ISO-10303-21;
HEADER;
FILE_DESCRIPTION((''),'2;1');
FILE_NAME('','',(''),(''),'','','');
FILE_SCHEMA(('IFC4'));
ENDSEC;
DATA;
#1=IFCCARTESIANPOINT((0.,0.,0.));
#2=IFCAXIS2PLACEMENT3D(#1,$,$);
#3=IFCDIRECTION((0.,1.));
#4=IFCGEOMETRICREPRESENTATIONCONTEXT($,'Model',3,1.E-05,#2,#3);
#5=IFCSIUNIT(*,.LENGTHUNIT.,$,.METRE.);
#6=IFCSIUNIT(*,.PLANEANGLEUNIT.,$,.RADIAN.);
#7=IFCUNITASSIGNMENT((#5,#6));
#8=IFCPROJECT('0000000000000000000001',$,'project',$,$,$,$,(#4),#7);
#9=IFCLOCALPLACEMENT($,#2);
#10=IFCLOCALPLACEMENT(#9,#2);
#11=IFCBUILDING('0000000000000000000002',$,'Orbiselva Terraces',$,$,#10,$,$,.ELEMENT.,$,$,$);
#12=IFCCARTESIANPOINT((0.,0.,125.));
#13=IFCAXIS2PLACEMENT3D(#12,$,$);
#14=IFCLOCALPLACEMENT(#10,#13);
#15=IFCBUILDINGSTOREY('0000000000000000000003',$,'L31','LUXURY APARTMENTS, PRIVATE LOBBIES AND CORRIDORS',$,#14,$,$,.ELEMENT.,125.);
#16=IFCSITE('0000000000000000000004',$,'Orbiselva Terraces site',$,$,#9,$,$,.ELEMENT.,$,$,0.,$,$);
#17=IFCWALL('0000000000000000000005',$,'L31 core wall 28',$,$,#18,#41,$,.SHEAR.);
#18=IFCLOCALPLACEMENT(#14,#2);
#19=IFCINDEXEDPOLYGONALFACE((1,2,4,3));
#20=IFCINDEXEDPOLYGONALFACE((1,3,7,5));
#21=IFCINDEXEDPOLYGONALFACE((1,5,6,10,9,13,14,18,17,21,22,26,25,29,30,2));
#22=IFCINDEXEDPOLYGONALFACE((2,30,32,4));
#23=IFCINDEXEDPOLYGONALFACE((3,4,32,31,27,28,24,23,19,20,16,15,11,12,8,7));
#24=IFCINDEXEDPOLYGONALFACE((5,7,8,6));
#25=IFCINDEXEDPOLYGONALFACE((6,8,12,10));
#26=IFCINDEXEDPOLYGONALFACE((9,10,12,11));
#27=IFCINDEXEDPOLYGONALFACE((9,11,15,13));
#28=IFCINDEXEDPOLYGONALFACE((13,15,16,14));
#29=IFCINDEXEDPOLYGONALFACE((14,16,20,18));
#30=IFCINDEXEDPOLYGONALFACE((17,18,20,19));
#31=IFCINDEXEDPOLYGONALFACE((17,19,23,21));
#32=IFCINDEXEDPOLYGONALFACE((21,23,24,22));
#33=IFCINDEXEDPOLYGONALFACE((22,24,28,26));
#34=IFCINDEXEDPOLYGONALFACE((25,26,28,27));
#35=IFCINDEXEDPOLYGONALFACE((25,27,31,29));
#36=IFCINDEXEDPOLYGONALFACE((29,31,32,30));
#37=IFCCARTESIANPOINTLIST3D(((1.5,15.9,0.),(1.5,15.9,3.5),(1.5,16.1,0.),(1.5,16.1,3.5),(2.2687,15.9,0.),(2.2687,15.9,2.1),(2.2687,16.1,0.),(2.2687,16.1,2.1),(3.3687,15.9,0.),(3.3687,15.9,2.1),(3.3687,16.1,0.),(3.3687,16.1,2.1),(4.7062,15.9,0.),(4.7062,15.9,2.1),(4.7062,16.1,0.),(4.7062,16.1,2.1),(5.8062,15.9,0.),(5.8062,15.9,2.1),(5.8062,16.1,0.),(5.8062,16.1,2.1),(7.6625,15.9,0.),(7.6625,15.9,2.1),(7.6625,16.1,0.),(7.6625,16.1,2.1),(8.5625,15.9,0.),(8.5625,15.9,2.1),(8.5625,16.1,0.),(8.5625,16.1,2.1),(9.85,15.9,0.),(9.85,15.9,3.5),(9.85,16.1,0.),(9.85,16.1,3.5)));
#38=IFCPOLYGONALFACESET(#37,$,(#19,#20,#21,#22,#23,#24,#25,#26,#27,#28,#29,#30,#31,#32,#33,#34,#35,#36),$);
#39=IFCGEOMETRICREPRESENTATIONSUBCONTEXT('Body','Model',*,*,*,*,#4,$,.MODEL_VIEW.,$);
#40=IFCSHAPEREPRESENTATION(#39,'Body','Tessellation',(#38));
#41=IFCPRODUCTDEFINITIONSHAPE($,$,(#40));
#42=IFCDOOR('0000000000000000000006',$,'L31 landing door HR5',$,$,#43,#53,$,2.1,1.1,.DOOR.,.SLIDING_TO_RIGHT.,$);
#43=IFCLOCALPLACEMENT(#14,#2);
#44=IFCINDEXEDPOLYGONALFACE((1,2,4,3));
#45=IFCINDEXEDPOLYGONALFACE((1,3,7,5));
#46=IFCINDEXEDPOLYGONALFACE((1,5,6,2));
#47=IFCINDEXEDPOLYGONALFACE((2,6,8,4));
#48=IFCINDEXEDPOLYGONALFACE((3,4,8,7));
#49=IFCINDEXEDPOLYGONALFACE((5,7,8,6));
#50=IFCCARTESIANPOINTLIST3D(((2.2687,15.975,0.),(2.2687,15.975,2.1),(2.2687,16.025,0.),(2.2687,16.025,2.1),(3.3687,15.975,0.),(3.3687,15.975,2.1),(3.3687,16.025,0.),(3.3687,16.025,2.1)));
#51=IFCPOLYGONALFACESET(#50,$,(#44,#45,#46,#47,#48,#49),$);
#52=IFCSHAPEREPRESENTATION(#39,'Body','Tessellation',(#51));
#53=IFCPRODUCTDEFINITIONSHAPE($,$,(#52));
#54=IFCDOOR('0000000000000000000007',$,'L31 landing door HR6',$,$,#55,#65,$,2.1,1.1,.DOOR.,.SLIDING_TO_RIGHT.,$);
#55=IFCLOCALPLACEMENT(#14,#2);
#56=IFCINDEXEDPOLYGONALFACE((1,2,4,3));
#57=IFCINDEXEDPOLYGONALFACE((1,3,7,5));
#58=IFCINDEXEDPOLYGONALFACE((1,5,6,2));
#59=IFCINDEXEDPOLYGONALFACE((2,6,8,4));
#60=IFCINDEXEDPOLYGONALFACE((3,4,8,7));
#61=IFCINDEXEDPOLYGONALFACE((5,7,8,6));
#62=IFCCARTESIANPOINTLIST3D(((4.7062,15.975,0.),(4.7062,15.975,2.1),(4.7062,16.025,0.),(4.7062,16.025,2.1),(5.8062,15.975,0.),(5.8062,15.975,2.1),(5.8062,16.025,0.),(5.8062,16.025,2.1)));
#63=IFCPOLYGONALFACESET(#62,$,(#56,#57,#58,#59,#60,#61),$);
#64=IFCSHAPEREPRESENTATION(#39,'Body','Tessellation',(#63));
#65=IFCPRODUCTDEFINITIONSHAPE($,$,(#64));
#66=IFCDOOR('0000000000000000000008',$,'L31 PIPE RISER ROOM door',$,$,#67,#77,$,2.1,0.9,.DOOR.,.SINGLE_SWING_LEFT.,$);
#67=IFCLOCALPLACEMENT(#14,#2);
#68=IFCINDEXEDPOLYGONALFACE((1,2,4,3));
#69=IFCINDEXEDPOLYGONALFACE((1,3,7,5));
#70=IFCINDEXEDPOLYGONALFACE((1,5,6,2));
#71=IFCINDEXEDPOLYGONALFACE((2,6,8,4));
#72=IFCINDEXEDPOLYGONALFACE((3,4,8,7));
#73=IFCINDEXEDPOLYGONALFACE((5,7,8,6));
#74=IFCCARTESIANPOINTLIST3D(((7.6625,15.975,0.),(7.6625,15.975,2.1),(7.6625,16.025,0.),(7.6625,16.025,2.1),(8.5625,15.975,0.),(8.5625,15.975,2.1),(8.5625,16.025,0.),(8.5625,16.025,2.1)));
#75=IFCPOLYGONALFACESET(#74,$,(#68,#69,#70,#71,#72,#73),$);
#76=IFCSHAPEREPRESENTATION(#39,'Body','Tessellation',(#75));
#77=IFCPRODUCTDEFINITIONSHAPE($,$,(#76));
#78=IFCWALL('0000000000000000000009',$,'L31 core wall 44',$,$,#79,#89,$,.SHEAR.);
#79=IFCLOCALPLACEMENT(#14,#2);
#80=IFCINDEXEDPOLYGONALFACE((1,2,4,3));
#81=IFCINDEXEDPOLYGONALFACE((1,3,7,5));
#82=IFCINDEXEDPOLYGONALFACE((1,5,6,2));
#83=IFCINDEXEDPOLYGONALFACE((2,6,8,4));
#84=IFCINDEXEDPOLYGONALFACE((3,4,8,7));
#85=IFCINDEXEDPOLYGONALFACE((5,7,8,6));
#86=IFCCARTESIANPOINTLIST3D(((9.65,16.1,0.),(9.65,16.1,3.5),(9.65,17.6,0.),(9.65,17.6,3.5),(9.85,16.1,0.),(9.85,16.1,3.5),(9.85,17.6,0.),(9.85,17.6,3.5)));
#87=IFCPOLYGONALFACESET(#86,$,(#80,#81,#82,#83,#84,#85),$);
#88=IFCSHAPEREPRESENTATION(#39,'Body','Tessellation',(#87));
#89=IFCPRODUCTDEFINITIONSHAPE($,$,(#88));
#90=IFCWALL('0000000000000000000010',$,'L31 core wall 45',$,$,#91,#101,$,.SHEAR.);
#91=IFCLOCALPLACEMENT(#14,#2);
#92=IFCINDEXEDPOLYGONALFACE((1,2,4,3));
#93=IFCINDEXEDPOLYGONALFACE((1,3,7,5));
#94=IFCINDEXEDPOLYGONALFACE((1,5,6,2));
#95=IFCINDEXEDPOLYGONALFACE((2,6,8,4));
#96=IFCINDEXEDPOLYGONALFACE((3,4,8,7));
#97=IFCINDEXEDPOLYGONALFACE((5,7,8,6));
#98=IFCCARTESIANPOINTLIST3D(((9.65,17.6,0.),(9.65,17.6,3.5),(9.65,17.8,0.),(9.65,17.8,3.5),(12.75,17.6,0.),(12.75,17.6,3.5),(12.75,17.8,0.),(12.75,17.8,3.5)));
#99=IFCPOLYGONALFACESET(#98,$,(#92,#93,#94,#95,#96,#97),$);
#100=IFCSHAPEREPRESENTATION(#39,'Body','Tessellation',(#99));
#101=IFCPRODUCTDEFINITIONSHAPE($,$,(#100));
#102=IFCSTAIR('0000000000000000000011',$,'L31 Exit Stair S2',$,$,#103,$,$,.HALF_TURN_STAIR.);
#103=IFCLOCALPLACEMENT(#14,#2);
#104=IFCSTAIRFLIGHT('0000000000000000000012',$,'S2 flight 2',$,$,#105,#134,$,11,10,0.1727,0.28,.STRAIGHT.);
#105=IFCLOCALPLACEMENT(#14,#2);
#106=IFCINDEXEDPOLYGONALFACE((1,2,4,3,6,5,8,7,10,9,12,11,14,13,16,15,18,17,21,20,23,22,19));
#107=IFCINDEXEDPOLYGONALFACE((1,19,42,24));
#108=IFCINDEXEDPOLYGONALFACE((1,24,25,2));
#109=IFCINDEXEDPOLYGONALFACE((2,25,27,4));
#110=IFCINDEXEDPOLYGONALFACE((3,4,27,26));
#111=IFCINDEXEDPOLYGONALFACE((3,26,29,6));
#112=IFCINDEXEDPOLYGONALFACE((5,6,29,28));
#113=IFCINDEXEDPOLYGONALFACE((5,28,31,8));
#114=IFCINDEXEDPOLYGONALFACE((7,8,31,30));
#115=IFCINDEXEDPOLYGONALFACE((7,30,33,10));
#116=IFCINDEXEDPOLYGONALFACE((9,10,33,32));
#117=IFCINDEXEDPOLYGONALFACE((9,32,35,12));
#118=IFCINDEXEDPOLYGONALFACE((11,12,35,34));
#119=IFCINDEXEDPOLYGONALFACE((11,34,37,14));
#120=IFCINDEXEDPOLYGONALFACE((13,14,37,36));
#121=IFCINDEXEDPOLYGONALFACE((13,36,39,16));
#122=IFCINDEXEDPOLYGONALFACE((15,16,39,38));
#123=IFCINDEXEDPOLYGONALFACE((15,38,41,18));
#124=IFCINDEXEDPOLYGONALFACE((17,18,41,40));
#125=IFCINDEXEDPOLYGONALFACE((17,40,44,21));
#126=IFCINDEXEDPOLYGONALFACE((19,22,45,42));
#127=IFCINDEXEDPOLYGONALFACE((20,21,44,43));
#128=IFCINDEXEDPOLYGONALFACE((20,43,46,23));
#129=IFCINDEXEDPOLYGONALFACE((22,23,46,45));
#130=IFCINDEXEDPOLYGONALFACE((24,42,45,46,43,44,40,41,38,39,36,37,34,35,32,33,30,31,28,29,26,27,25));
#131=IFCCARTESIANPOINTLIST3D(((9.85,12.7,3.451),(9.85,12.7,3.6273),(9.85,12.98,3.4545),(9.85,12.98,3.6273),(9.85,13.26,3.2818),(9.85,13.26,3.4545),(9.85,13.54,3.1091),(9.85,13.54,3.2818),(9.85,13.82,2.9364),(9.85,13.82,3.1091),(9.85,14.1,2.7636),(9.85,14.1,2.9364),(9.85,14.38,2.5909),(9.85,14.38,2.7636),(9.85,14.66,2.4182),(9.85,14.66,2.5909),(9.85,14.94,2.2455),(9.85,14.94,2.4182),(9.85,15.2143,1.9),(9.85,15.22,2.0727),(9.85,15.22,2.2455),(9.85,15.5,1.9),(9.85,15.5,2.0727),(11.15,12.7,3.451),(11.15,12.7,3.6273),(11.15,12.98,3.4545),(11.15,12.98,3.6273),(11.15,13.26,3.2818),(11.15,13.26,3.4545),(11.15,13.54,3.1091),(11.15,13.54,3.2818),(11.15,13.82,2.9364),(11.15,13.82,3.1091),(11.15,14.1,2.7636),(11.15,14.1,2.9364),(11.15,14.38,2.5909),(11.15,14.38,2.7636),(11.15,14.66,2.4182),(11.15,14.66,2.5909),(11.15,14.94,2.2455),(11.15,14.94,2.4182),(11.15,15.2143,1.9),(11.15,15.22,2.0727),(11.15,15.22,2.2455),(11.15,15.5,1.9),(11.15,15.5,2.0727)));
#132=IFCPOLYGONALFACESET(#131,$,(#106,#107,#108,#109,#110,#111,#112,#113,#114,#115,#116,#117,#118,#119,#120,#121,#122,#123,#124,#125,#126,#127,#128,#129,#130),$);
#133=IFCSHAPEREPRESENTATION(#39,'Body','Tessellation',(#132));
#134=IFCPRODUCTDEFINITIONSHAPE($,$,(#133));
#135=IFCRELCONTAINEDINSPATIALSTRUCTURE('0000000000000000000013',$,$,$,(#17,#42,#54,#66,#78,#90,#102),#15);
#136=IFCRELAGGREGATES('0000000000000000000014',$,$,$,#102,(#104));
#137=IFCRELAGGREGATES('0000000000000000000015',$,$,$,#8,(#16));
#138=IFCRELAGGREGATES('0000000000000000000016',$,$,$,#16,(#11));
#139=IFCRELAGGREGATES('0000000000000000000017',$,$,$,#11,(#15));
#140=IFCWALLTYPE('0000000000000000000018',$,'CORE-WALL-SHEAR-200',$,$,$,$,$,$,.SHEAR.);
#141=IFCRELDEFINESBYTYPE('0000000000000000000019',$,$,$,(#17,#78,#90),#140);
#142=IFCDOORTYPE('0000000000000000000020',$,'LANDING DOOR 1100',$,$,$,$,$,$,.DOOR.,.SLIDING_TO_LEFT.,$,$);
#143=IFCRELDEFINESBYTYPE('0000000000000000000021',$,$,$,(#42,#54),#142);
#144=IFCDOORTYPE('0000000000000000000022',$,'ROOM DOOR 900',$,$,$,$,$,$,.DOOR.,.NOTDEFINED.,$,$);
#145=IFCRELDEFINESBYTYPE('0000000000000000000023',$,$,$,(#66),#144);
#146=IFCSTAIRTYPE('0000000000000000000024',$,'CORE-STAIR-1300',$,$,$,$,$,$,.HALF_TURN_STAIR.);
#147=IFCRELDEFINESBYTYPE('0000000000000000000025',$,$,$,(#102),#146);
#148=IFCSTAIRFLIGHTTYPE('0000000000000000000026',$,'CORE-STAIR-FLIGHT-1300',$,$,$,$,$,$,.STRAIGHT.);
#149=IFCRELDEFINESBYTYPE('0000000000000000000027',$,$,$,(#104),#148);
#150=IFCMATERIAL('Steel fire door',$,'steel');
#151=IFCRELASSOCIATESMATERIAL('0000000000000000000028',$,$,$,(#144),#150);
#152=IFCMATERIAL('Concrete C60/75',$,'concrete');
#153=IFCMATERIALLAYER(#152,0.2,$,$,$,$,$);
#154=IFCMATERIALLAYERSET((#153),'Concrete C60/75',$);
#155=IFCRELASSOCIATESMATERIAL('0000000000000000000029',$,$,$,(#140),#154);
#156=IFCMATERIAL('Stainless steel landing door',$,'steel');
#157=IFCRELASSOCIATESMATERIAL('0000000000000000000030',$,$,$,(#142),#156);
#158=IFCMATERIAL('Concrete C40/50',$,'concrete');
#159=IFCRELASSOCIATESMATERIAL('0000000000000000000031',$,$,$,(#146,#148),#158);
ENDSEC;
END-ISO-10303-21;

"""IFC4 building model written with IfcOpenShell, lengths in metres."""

from ifc_helpers import new_model, si_unit, direction, frame, frame_2d, origin, place, context, subcontext, project, spatial, polyline, rectangle, outline, extrude, material, layer, layer_set, type_object, element, fill, aggregate, save


model = new_model("IFC4")

# Units and contexts
model_context = context("Model", 3, precision=1e-05, world=origin(), true_north=direction((0.0, 1.0)))
body_context = subcontext(model_context, "Body", "Model", "MODEL_VIEW")
ifc_project = project(units=[si_unit("LENGTHUNIT", "METRE"), si_unit("PLANEANGLEUNIT", "RADIAN")], contexts=[model_context])

# Site, building, storey
site_placement = place(None, origin())
site = spatial("IfcSite", under=ifc_project, at=site_placement, Name="Orbiselva Terraces site", CompositionType="ELEMENT", RefElevation=0.0)
building_placement = place(site_placement, origin())
building = spatial("IfcBuilding", under=site, at=building_placement, Name="Orbiselva Terraces", CompositionType="ELEMENT")
storey_placement = place(building_placement, frame((0.0, 0.0, 125.0)))
storey = spatial("IfcBuildingStorey", under=building, at=storey_placement, Name="L31", Description="LUXURY APARTMENTS, PRIVATE LOBBIES AND CORRIDORS", CompositionType="ELEMENT", Elevation=125.0)

# Shared definitions
ifc_material_1 = material(Name="Steel fire door", Category="steel")
door_type_1 = type_object("IfcDoorType", Name="ROOM DOOR 900", OperationType="NOTDEFINED", PredefinedType="DOOR", material=ifc_material_1)

# Shared definitions
ifc_material_2 = material(Name="Concrete C40/50", Category="concrete")
ifc_material_3 = material(Name="Concrete C60/75", Category="concrete")
ifc_layer_1 = layer(ifc_material_3, 0.2)
ifc_layer_set_1 = layer_set([ifc_layer_1], Name="Concrete C60/75")
wall_type_1 = type_object("IfcWallType", Name="CORE-WALL-SHEAR-200", PredefinedType="SHEAR", material=ifc_layer_set_1)

# Wall, openings, doors
wall_1_placement = place(storey_placement, frame((9.85, 16.0, 0.0), z_axis=(0.0, 0.0, 1.0), x_axis=(-1.0, 0.0, 0.0)))
wall_1 = element("IfcWall", 1, at=wall_1_placement, inside=storey, type_object=wall_type_1, Name="L31 core wall 28", PredefinedType="SHEAR", context=body_context, shape_type="SweptSolid", body=[
    extrude(rectangle(XDim=8.35, YDim=0.2, at=frame_2d((4.175, 0.0))), origin(), (0.0, 0.0, 1.0), 3.5),
])
opening_1_placement = place(wall_1_placement, frame((6.4813, 0.0, 0.0)))
opening_1 = element("IfcOpeningElement", 2, at=opening_1_placement, cuts=wall_1, PredefinedType="OPENING", context=body_context, shape_type="SweptSolid", body=[
    extrude(rectangle(XDim=1.1, YDim=2.1, at=frame_2d((0.55, 1.05))), frame((0.0, 0.11, 0.0), z_axis=(0.0, -1.0, 0.0), x_axis=(1.0, 0.0, 0.0)), (0.0, 0.0, 1.0), 0.22),
])
opening_2_placement = place(wall_1_placement, frame((4.0438, 0.0, 0.0)))
opening_2 = element("IfcOpeningElement", 3, at=opening_2_placement, cuts=wall_1, PredefinedType="OPENING", context=body_context, shape_type="SweptSolid", body=[
    extrude(rectangle(XDim=1.1, YDim=2.1, at=frame_2d((0.55, 1.05))), frame((0.0, 0.11, 0.0), z_axis=(0.0, -1.0, 0.0), x_axis=(1.0, 0.0, 0.0)), (0.0, 0.0, 1.0), 0.22),
])
opening_3_placement = place(wall_1_placement, frame((1.2875, 0.0, 0.0)))
opening_3 = element("IfcOpeningElement", 4, at=opening_3_placement, cuts=wall_1, PredefinedType="OPENING", context=body_context, shape_type="SweptSolid", body=[
    extrude(rectangle(XDim=0.9, YDim=2.1, at=frame_2d((0.45, 1.05))), frame((0.0, 0.11, 0.0), z_axis=(0.0, -1.0, 0.0), x_axis=(1.0, 0.0, 0.0)), (0.0, 0.0, 1.0), 0.22),
])
ifc_material_4 = material(Name="Stainless steel landing door", Category="steel")
door_type_2 = type_object("IfcDoorType", Name="LANDING DOOR 1100", OperationType="SLIDING_TO_LEFT", PredefinedType="DOOR", material=ifc_material_4)
door_1_placement = place(opening_1_placement, origin())
door_1 = element("IfcDoor", 5, at=door_1_placement, inside=storey, type_object=door_type_2, Name="L31 landing door HR5", OperationType="SLIDING_TO_RIGHT", OverallHeight=2.1, OverallWidth=1.1, PredefinedType="DOOR", context=body_context, shape_type="SweptSolid", body=[
    extrude(rectangle(XDim=1.1, YDim=2.1, at=frame_2d((0.55, 1.05))), frame((0.0, 0.025, 0.0), z_axis=(0.0, -1.0, 0.0), x_axis=(1.0, 0.0, 0.0)), (0.0, 0.0, 1.0), 0.05),
])
fill(opening_1, door_1)
door_2_placement = place(opening_2_placement, origin())
door_2 = element("IfcDoor", 6, at=door_2_placement, inside=storey, type_object=door_type_2, Name="L31 landing door HR6", OperationType="SLIDING_TO_RIGHT", OverallHeight=2.1, OverallWidth=1.1, PredefinedType="DOOR", context=body_context, shape_type="SweptSolid", body=[
    extrude(rectangle(XDim=1.1, YDim=2.1, at=frame_2d((0.55, 1.05))), frame((0.0, 0.025, 0.0), z_axis=(0.0, -1.0, 0.0), x_axis=(1.0, 0.0, 0.0)), (0.0, 0.0, 1.0), 0.05),
])
fill(opening_2, door_2)
door_3_placement = place(opening_3_placement, origin())
door_3 = element("IfcDoor", 7, at=door_3_placement, inside=storey, type_object=door_type_1, Name="L31 PIPE RISER ROOM door", OperationType="SINGLE_SWING_LEFT", OverallHeight=2.1, OverallWidth=0.9, PredefinedType="DOOR", context=body_context, shape_type="SweptSolid", body=[
    extrude(rectangle(XDim=0.9, YDim=2.1, at=frame_2d((0.45, 1.05))), frame((0.0, 0.025, 0.0), z_axis=(0.0, -1.0, 0.0), x_axis=(1.0, 0.0, 0.0)), (0.0, 0.0, 1.0), 0.05),
])
fill(opening_3, door_3)

# Walls
wall_2_placement = place(storey_placement, frame((9.75, 16.1, 0.0), z_axis=(0.0, 0.0, 1.0), x_axis=(0.0, 1.0, 0.0)))
element("IfcWall", 8, at=wall_2_placement, inside=storey, type_object=wall_type_1, Name="L31 core wall 44", PredefinedType="SHEAR", context=body_context, shape_type="SweptSolid", body=[
    extrude(rectangle(XDim=1.5, YDim=0.2, at=frame_2d((0.75, 0.0))), origin(), (0.0, 0.0, 1.0), 3.5),
])
wall_3_placement = place(storey_placement, frame((9.65, 17.7, 0.0), z_axis=(0.0, 0.0, 1.0), x_axis=(1.0, 0.0, 0.0)))
element("IfcWall", 9, at=wall_3_placement, inside=storey, type_object=wall_type_1, Name="L31 core wall 45", PredefinedType="SHEAR", context=body_context, shape_type="SweptSolid", body=[
    extrude(rectangle(XDim=3.1, YDim=0.2, at=frame_2d((1.55, 0.0))), origin(), (0.0, 0.0, 1.0), 3.5),
])

# Stair, stair flight
stair_type = type_object("IfcStairType", Name="CORE-STAIR-1300", PredefinedType="HALF_TURN_STAIR", material=ifc_material_2)
stair_placement = place(storey_placement, origin())
stair = element("IfcStair", 10, at=stair_placement, inside=storey, type_object=stair_type, Name="L31 Exit Stair S2", PredefinedType="HALF_TURN_STAIR")
stair_flight_type = type_object("IfcStairFlightType", Name="CORE-STAIR-FLIGHT-1300", PredefinedType="STRAIGHT", material=ifc_material_2)
stair_flight_placement = place(storey_placement, frame((10.5, 15.5, 1.9), z_axis=(0.0, 0.0, 1.0), x_axis=(0.0, -1.0, 0.0)))
stair_flight = element("IfcStairFlight", 11, at=stair_flight_placement, type_object=stair_flight_type, Name="S2 flight 2", NumberOfRisers=11, NumberOfTreads=10, PredefinedType="STRAIGHT", RiserHeight=0.1727, TreadLength=0.28, context=body_context, shape_type="SweptSolid", body=[
    extrude(outline(polyline([(0.0, 0.0), (0.0, 0.1727), (0.28, 0.1727), (0.28, 0.3455), (0.56, 0.3455), (0.56, 0.5182), (0.84, 0.5182), (0.84, 0.6909), (1.12, 0.6909), (1.12, 0.8636), (1.4, 0.8636), (1.4, 1.0364), (1.68, 1.0364), (1.68, 1.2091), (1.96, 1.2091), (1.96, 1.3818), (2.24, 1.3818), (2.24, 1.5545), (2.52, 1.5545), (2.52, 1.7273), (2.8, 1.7273), (2.8, 1.9), (2.8, 1.551), (0.2857, 0.0), (0.0, 0.0)])), frame((0.0, 0.65, 0.0), z_axis=(0.0, -1.0, 0.0), x_axis=(1.0, 0.0, 0.0)), (0.0, 0.0, 1.0), 1.3),
])
aggregate(stair, [stair_flight])

save(model, "model.ifc")
